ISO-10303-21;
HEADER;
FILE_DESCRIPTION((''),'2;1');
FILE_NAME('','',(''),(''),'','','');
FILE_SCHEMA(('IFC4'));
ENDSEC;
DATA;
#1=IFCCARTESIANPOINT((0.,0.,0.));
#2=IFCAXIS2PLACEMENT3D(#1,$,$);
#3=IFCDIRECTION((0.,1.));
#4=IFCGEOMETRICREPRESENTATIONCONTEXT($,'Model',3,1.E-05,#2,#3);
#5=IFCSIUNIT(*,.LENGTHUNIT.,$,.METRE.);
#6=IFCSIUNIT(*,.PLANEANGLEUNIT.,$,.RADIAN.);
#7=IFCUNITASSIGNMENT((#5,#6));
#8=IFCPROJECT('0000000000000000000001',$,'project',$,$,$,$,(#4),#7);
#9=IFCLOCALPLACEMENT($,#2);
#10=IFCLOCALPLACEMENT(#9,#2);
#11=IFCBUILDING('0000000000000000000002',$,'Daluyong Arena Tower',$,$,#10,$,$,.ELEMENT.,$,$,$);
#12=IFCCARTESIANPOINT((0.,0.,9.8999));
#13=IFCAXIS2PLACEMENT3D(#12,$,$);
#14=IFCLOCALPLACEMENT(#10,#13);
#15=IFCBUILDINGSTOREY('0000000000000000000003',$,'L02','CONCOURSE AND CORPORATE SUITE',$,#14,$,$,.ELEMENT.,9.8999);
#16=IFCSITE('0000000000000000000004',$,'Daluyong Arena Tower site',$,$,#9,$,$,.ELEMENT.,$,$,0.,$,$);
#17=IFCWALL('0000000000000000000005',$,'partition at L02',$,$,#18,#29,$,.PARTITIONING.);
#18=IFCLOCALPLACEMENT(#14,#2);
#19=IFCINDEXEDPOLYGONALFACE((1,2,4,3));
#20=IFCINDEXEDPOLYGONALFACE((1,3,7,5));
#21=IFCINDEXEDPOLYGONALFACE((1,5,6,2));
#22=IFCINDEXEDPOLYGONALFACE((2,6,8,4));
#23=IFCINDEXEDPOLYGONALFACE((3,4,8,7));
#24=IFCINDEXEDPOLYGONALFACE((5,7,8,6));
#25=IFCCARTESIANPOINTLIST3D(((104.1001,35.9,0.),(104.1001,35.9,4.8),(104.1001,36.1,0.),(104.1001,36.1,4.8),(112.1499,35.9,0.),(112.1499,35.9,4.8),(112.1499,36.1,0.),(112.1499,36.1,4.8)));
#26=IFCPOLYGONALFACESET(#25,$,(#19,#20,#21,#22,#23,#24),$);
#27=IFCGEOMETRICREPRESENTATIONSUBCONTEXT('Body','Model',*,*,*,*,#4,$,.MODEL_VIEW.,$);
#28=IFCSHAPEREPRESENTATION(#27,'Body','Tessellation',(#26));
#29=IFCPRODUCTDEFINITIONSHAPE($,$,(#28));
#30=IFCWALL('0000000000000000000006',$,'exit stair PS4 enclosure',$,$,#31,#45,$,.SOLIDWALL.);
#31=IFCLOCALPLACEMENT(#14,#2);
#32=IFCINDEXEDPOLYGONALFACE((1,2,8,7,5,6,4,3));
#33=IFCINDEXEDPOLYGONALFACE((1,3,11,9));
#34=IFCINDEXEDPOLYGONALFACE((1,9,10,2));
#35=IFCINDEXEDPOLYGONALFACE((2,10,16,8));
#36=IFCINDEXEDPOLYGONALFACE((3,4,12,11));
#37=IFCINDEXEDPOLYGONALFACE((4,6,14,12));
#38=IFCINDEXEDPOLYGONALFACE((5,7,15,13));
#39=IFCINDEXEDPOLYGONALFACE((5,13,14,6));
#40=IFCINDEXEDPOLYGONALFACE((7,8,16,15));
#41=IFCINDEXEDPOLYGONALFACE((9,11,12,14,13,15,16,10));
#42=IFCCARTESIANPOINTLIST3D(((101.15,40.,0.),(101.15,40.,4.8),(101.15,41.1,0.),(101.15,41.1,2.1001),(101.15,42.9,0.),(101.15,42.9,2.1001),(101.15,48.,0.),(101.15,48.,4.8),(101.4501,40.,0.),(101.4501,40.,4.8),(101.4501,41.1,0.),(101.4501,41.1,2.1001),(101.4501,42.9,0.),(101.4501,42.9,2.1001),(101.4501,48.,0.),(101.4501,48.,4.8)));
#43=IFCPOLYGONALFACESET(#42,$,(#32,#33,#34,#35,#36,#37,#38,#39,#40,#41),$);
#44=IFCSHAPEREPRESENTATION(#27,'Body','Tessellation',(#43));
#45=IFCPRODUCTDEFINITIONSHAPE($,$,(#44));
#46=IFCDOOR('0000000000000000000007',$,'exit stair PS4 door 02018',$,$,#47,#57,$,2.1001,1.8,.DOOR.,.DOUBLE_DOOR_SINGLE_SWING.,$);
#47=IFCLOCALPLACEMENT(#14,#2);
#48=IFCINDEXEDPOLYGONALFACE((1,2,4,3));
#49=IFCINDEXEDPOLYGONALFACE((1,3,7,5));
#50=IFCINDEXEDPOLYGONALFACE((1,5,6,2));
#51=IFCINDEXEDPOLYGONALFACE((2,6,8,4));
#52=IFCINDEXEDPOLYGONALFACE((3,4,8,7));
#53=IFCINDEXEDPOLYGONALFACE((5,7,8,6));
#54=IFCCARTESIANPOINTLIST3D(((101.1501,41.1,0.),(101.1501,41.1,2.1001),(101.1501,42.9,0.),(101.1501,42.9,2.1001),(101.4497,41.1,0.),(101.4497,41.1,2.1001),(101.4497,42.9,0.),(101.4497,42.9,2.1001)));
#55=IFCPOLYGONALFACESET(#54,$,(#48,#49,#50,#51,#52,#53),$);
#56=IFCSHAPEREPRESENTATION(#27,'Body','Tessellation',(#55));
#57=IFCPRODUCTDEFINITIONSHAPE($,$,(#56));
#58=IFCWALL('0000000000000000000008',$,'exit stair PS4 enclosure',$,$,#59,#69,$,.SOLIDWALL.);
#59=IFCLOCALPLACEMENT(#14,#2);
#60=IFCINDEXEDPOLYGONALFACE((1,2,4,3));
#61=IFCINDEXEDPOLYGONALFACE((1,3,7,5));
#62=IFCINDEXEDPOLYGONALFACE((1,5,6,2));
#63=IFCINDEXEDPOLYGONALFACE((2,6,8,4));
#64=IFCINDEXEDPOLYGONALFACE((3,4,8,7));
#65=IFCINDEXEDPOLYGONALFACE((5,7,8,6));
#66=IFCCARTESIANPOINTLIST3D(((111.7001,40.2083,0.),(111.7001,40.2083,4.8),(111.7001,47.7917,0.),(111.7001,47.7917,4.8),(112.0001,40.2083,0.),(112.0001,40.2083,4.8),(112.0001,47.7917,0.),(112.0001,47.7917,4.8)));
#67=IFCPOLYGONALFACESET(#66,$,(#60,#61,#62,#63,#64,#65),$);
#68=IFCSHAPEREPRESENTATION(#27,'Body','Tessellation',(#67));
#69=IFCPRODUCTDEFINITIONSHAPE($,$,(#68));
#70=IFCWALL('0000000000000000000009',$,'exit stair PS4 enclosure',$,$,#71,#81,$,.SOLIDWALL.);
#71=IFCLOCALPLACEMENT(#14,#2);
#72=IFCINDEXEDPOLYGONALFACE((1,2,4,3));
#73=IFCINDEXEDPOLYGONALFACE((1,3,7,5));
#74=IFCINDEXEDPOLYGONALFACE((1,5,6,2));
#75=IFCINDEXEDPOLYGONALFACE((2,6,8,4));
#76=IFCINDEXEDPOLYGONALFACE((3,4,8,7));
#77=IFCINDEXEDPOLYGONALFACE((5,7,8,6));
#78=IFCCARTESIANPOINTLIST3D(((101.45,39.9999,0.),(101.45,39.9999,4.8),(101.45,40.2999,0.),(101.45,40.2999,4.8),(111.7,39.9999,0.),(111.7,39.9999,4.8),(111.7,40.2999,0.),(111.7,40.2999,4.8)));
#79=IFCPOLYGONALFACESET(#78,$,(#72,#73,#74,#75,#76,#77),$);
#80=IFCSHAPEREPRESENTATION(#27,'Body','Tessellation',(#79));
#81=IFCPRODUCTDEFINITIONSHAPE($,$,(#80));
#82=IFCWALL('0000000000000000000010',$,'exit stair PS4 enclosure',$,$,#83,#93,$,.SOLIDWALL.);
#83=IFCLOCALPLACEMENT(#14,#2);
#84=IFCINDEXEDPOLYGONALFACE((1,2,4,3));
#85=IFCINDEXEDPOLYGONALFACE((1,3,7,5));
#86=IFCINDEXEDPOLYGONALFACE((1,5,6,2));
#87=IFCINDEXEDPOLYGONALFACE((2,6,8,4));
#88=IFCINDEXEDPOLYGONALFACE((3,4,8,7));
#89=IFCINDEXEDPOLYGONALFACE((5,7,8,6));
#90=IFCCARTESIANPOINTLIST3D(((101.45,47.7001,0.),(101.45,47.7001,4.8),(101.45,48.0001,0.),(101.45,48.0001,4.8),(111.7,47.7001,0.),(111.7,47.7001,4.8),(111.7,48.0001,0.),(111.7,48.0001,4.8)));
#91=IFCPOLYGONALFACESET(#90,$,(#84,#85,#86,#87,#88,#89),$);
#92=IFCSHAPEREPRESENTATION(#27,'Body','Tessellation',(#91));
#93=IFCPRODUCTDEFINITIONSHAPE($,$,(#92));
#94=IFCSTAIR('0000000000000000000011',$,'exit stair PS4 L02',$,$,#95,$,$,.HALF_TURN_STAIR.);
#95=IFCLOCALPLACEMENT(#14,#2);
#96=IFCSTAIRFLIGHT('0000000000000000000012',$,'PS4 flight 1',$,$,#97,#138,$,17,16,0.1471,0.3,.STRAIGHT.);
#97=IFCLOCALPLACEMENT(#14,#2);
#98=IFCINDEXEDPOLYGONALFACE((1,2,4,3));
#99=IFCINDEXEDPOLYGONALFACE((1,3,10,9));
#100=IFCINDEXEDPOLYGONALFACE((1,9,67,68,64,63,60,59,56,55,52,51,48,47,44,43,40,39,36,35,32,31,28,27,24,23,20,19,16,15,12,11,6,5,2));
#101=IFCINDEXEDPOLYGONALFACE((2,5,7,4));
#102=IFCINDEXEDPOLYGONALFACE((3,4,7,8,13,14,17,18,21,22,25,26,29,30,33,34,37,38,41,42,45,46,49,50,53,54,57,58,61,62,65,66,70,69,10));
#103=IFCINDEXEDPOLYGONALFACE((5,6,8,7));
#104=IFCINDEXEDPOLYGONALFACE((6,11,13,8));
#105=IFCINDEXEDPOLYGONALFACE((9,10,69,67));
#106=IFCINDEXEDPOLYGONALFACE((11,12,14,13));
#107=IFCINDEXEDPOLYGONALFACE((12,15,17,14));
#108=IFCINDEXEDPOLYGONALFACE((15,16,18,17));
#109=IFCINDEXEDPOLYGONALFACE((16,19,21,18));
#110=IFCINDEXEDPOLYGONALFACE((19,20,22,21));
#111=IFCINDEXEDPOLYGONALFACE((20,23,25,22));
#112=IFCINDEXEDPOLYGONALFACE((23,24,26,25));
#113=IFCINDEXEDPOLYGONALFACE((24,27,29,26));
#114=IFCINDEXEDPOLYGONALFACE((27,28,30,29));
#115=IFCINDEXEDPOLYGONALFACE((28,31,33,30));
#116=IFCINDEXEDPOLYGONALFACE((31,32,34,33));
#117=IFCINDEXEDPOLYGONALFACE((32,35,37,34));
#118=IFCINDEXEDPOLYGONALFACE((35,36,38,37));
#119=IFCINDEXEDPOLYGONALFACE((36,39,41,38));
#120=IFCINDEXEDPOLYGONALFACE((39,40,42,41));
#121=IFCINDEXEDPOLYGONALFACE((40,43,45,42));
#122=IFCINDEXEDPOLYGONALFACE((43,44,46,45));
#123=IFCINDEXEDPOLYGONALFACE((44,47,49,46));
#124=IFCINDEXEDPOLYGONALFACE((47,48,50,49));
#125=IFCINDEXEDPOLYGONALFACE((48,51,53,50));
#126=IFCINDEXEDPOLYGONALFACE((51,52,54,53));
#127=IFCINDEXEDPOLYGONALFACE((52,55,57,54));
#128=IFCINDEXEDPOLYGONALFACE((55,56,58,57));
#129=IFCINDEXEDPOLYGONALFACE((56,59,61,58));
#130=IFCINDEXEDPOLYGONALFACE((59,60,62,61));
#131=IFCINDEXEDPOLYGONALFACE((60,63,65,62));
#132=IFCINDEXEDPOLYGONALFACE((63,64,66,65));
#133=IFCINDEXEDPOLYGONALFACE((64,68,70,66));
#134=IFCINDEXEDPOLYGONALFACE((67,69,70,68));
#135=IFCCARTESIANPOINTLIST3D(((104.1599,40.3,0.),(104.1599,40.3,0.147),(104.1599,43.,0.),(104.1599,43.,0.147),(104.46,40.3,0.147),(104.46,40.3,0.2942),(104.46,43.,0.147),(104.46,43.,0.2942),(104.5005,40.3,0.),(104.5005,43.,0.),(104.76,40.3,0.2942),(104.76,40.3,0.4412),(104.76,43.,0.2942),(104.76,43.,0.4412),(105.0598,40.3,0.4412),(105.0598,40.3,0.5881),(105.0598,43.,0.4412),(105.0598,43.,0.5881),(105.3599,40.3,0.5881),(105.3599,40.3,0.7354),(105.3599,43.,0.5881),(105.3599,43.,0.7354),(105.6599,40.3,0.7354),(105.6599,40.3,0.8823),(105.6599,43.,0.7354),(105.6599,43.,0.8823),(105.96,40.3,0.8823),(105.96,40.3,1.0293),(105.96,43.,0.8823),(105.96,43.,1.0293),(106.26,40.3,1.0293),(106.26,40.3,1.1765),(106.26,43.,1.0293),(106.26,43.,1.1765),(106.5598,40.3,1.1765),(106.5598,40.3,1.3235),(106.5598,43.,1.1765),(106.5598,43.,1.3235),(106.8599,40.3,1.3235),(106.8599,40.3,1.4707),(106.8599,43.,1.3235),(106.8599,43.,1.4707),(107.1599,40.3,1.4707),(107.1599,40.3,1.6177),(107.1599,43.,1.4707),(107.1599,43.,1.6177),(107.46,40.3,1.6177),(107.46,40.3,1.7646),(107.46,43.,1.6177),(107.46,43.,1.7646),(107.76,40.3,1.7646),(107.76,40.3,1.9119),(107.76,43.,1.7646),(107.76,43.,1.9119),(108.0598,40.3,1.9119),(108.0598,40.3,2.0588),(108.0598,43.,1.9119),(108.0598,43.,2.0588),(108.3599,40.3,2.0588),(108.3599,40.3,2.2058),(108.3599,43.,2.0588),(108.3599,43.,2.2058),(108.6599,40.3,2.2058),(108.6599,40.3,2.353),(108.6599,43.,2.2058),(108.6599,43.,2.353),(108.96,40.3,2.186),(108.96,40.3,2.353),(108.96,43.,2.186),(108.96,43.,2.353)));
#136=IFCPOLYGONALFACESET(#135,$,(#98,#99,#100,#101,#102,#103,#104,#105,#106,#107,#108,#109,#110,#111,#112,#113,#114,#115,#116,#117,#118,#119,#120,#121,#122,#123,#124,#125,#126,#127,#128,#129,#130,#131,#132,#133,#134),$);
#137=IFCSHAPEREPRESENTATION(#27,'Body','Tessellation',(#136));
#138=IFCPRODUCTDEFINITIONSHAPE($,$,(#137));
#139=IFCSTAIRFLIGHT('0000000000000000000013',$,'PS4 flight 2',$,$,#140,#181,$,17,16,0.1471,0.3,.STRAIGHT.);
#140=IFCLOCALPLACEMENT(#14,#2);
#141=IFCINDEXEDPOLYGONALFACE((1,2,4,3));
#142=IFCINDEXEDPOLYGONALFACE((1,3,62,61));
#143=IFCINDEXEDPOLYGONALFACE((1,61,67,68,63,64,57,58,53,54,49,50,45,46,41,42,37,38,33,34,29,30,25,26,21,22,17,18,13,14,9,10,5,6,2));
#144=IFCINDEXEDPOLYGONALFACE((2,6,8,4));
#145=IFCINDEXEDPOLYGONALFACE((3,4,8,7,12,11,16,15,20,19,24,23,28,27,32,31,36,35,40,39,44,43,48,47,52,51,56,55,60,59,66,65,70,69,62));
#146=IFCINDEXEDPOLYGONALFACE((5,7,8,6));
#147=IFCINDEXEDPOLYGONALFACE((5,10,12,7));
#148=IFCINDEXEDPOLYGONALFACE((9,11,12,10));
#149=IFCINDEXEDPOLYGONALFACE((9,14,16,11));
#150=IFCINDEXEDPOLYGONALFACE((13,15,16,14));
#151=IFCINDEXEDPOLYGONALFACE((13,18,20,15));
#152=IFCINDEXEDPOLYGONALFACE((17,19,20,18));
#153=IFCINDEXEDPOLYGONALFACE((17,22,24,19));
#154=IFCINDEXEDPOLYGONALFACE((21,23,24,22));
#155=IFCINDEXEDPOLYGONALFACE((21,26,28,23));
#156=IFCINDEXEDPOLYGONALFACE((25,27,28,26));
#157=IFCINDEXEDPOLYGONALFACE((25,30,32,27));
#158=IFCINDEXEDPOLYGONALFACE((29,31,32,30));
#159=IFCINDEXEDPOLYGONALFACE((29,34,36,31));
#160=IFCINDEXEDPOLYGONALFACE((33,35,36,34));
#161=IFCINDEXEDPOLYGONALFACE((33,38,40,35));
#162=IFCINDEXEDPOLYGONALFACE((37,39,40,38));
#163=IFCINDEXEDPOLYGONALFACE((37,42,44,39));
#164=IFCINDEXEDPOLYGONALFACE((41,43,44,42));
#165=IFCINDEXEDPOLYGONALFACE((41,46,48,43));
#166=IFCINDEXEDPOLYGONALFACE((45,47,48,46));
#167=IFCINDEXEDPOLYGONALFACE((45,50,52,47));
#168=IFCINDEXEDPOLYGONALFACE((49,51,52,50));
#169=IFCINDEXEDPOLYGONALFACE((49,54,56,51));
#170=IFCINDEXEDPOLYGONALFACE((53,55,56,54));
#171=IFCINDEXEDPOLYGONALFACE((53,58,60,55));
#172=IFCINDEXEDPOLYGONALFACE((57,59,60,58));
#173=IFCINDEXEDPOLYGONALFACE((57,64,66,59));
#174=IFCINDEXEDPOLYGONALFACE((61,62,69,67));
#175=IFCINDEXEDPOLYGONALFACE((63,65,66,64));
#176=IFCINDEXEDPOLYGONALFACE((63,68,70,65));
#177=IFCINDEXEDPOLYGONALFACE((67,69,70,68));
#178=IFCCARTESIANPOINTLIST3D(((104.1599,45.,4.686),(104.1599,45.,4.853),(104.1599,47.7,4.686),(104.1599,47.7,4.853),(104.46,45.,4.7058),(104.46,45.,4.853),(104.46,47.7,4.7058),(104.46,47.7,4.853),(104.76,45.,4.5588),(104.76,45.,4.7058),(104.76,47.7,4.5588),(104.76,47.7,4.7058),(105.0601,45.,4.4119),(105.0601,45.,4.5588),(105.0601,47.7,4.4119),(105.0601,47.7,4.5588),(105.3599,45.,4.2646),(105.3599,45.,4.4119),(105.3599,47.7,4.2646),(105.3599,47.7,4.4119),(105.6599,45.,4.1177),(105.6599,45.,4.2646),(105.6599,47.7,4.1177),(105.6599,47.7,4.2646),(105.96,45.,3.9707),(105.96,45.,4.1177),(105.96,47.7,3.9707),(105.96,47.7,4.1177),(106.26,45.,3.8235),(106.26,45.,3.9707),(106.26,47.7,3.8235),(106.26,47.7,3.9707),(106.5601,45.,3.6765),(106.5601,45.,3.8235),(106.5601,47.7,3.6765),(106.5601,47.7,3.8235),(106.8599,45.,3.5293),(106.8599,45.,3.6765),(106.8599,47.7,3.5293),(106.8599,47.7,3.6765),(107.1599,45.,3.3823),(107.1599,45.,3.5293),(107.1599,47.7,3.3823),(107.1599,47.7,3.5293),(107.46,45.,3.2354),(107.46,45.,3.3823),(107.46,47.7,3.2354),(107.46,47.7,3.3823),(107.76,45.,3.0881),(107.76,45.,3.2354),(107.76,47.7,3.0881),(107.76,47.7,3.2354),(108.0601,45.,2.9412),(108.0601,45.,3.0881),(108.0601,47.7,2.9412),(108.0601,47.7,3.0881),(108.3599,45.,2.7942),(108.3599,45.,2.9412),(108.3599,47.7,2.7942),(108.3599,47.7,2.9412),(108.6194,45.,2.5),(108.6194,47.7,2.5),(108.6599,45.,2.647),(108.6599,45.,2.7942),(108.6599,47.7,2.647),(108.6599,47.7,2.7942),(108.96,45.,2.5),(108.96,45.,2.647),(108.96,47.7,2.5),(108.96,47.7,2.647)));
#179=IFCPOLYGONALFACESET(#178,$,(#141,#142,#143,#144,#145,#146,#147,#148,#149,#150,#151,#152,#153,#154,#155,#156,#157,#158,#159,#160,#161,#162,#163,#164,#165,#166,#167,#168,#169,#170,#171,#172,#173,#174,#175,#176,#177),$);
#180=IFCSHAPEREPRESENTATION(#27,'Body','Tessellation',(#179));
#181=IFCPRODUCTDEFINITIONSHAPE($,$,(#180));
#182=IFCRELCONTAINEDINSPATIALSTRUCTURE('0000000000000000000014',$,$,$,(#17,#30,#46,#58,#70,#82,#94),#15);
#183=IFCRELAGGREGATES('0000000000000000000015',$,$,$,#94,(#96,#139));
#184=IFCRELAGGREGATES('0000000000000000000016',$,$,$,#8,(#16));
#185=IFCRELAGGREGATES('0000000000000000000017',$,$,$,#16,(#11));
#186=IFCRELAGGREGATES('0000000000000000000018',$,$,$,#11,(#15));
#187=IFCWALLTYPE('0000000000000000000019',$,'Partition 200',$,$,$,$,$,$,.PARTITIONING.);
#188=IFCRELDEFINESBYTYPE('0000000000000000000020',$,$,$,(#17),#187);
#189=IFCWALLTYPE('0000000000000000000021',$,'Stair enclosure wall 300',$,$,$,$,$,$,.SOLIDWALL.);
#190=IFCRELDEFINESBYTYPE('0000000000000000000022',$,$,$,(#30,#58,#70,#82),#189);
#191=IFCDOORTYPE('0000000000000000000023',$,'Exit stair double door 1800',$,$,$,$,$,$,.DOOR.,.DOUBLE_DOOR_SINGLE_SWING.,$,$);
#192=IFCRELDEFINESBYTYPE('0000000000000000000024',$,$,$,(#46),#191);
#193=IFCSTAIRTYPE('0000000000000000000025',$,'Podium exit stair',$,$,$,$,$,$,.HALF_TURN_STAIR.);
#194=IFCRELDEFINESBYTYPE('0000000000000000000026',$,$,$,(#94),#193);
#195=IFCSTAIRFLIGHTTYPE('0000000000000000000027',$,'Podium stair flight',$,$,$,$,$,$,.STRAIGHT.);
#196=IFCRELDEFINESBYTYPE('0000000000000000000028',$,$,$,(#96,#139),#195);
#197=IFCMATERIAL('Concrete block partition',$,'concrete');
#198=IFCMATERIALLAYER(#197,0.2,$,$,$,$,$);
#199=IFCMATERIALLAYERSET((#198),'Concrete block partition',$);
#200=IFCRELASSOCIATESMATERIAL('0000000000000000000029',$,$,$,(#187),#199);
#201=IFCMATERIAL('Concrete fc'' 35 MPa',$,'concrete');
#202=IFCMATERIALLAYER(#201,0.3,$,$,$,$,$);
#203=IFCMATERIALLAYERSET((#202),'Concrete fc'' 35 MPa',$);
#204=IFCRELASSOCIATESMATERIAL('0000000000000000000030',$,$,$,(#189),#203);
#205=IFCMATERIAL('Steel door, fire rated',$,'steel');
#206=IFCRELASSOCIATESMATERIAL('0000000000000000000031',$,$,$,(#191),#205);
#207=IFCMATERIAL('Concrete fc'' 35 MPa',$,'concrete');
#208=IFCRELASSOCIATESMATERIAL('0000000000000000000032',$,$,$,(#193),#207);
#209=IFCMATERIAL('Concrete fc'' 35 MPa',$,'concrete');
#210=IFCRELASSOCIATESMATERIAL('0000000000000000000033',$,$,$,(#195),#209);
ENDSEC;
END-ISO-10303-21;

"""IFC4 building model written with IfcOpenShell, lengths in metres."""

from ifc_helpers import new_model, si_unit, direction, frame, frame_2d, origin, place, context, subcontext, project, spatial, polyline, rectangle, outline, extrude, material, layer, layer_set, type_object, element, fill, aggregate, save


model = new_model("IFC4")

# Units and contexts
model_context = context("Model", 3, precision=1e-05, world=origin(), true_north=direction((0.0, 1.0)))
body_context = subcontext(model_context, "Body", "Model", "MODEL_VIEW")
ifc_project = project(units=[si_unit("LENGTHUNIT", "METRE"), si_unit("PLANEANGLEUNIT", "RADIAN")], contexts=[model_context])

# Site, building, storey
site_placement = place(None, origin())
site = spatial("IfcSite", under=ifc_project, at=site_placement, Name="Daluyong Arena Tower site", CompositionType="ELEMENT", RefElevation=0.0)
building_placement = place(site_placement, origin())
building = spatial("IfcBuilding", under=site, at=building_placement, Name="Daluyong Arena Tower", CompositionType="ELEMENT")
storey_placement = place(building_placement, frame((0.0, 0.0, 9.8999)))
storey = spatial("IfcBuildingStorey", under=building, at=storey_placement, Name="L02", Description="CONCOURSE AND CORPORATE SUITE", CompositionType="ELEMENT", Elevation=9.8999)

# Wall
ifc_material_1 = material(Name="Concrete block partition", Category="concrete")
ifc_layer_1 = layer(ifc_material_1, 0.2)
ifc_layer_set_1 = layer_set([ifc_layer_1], Name="Concrete block partition")
wall_type_1 = type_object("IfcWallType", Name="Partition 200", PredefinedType="PARTITIONING", material=ifc_layer_set_1)
wall_1_placement = place(storey_placement, frame((104.1001, 36.0, 0.0), z_axis=(0.0, 0.0, 1.0), x_axis=(1.0, 0.0, 0.0)))
element("IfcWall", 1, at=wall_1_placement, inside=storey, type_object=wall_type_1, Name="partition at L02", PredefinedType="PARTITIONING", context=body_context, shape_type="SweptSolid", body=[
    extrude(rectangle(XDim=8.0498, YDim=0.2, at=frame_2d((4.0249, 0.0))), origin(), (0.0, 0.0, 1.0), 4.8),
])

# Wall, opening, door
ifc_material_2 = material(Name="Concrete fc' 35 MPa", Category="concrete")
ifc_layer_2 = layer(ifc_material_2, 0.3)
ifc_layer_set_2 = layer_set([ifc_layer_2], Name="Concrete fc' 35 MPa")
wall_type_2 = type_object("IfcWallType", Name="Stair enclosure wall 300", PredefinedType="SOLIDWALL", material=ifc_layer_set_2)
wall_2_placement = place(storey_placement, frame((101.3, 40.0, 0.0), z_axis=(0.0, 0.0, 1.0), x_axis=(0.0, 1.0, 0.0)))
wall_2 = element("IfcWall", 2, at=wall_2_placement, inside=storey, type_object=wall_type_2, Name="exit stair PS4 enclosure", PredefinedType="SOLIDWALL", context=body_context, shape_type="SweptSolid", body=[
    extrude(rectangle(XDim=8.0, YDim=0.3, at=frame_2d((4.0, 0.0))), origin(), (0.0, 0.0, 1.0), 4.8),
])
opening_placement = place(wall_2_placement, frame((1.1001, 0.0, 0.0)))
opening = element("IfcOpeningElement", 3, at=opening_placement, cuts=wall_2, PredefinedType="OPENING", context=body_context, shape_type="SweptSolid", body=[
    extrude(rectangle(XDim=1.8, YDim=2.1001, at=frame_2d((0.8999, 1.05))), frame((0.0, 0.1599, 0.0), z_axis=(0.0, -1.0, 0.0), x_axis=(1.0, 0.0, 0.0)), (0.0, 0.0, 1.0), 0.3201),
])
ifc_material_3 = material(Name="Steel door, fire rated", Category="steel")
door_type = type_object("IfcDoorType", Name="Exit stair double door 1800", OperationType="DOUBLE_DOOR_SINGLE_SWING", PredefinedType="DOOR", material=ifc_material_3)
door_placement = place(opening_placement, origin())
door = element("IfcDoor", 4, at=door_placement, inside=storey, type_object=door_type, Name="exit stair PS4 door 02018", OperationType="DOUBLE_DOOR_SINGLE_SWING", OverallHeight=2.1001, OverallWidth=1.8, PredefinedType="DOOR", context=body_context, shape_type="SweptSolid", body=[
    extrude(rectangle(XDim=1.8, YDim=2.1001, at=frame_2d((0.8999, 1.05))), frame((0.0, 0.1499, 0.0), z_axis=(0.0, -1.0, 0.0), x_axis=(1.0, 0.0, 0.0)), (0.0, 0.0, 1.0), 0.2996),
])
fill(opening, door)

# Walls
wall_3_placement = place(storey_placement, frame((111.8501, 40.2083, 0.0), z_axis=(0.0, 0.0, 1.0), x_axis=(0.0, 1.0, 0.0)))
element("IfcWall", 5, at=wall_3_placement, inside=storey, type_object=wall_type_2, Name="exit stair PS4 enclosure", PredefinedType="SOLIDWALL", context=body_context, shape_type="SweptSolid", body=[
    extrude(rectangle(XDim=7.5835, YDim=0.3, at=frame_2d((3.7917, 0.0))), origin(), (0.0, 0.0, 1.0), 4.8),
])
for number, where, z_axis, x_axis, name in (
    (6, (101.45, 40.1499, 0.0), (0.0, 0.0, 1.0), (1.0, 0.0, 0.0), "exit stair PS4 enclosure"),
    (7, (101.45, 47.8501, 0.0), (0.0, 0.0, 1.0), (1.0, 0.0, 0.0), "exit stair PS4 enclosure"),
):
    element("IfcWall", number, at=place(storey_placement, frame(where, z_axis=z_axis, x_axis=x_axis)), inside=storey, type_object=wall_type_2, Name=name, PredefinedType="SOLIDWALL", context=body_context, shape_type="SweptSolid", body=[
        extrude(rectangle(XDim=10.25, YDim=0.3, at=frame_2d((5.125, 0.0))), origin(), (0.0, 0.0, 1.0), 4.8),
    ])

# Stair, stair flights
ifc_material_4 = material(Name="Concrete fc' 35 MPa", Category="concrete")
stair_type = type_object("IfcStairType", Name="Podium exit stair", PredefinedType="HALF_TURN_STAIR", material=ifc_material_4)
stair_placement = place(storey_placement, origin())
stair = element("IfcStair", 8, at=stair_placement, inside=storey, type_object=stair_type, Name="exit stair PS4 L02", PredefinedType="HALF_TURN_STAIR")
ifc_material_5 = material(Name="Concrete fc' 35 MPa", Category="concrete")
stair_flight_type = type_object("IfcStairFlightType", Name="Podium stair flight", PredefinedType="STRAIGHT", material=ifc_material_5)
stair_flight_1_placement = place(storey_placement, frame((104.1599, 41.6499, 0.0), z_axis=(0.0, 0.0, 1.0), x_axis=(1.0, 0.0, 0.0)))
stair_flight_1 = element("IfcStairFlight", 9, at=stair_flight_1_placement, type_object=stair_flight_type, Name="PS4 flight 1", NumberOfRisers=17, NumberOfTreads=16, PredefinedType="STRAIGHT", RiserHeight=0.1471, TreadLength=0.3, context=body_context, shape_type="SweptSolid", body=[
    extrude(outline(polyline([(0.0, 0.0), (0.0, 0.147), (0.3, 0.147), (0.3, 0.2942), (0.6001, 0.2942), (0.6001, 0.4412), (0.8999, 0.4412), (0.8999, 0.5881), (1.2, 0.5881), (1.2, 0.7354), (1.5, 0.7354), (1.5, 0.8823), (1.8, 0.8823), (1.8, 1.0293), (2.1001, 1.0293), (2.1001, 1.1765), (2.3999, 1.1765), (2.3999, 1.3235), (2.7, 1.3235), (2.7, 1.4707), (3.0, 1.4707), (3.0, 1.6177), (3.3, 1.6177), (3.3, 1.7646), (3.6001, 1.7646), (3.6001, 1.9119), (3.8999, 1.9119), (3.8999, 2.0588), (4.2, 2.0588), (4.2, 2.2058), (4.5, 2.2058), (4.5, 2.353), (4.8, 2.353), (4.8, 2.5), (4.8, 2.186), (0.3406, 0.0), (0.0, 0.0)])), frame((0.0, 1.3501, 0.0), z_axis=(0.0, -1.0, 0.0), x_axis=(1.0, 0.0, 0.0)), (0.0, 0.0, 1.0), 2.7),
])
stair_flight_2_placement = place(storey_placement, frame((108.96, 46.3501, 2.5), z_axis=(0.0, 0.0, 1.0), x_axis=(-1.0, 0.0, 0.0)))
stair_flight_2 = element("IfcStairFlight", 10, at=stair_flight_2_placement, type_object=stair_flight_type, Name="PS4 flight 2", NumberOfRisers=17, NumberOfTreads=16, PredefinedType="STRAIGHT", RiserHeight=0.1471, TreadLength=0.3, context=body_context, shape_type="SweptSolid", body=[
    extrude(outline(polyline([(0.0, 0.0), (0.0, 0.147), (0.3, 0.147), (0.3, 0.2942), (0.6001, 0.2942), (0.6001, 0.4412), (0.8999, 0.4412), (0.8999, 0.5881), (1.2, 0.5881), (1.2, 0.7354), (1.5, 0.7354), (1.5, 0.8823), (1.8, 0.8823), (1.8, 1.0293), (2.1001, 1.0293), (2.1001, 1.1765), (2.3999, 1.1765), (2.3999, 1.3235), (2.7, 1.3235), (2.7, 1.4707), (3.0, 1.4707), (3.0, 1.6177), (3.3, 1.6177), (3.3, 1.7646), (3.6001, 1.7646), (3.6001, 1.9119), (3.8999, 1.9119), (3.8999, 2.0588), (4.2, 2.0588), (4.2, 2.2058), (4.5, 2.2058), (4.5, 2.353), (4.8, 2.353), (4.8, 2.5), (4.8, 2.186), (0.3406, 0.0), (0.0, 0.0)])), frame((0.0, 1.3501, 0.0), z_axis=(0.0, -1.0, 0.0), x_axis=(1.0, 0.0, 0.0)), (0.0, 0.0, 1.0), 2.7),
])
aggregate(stair, [stair_flight_1, stair_flight_2])

save(model, "model.ifc")
